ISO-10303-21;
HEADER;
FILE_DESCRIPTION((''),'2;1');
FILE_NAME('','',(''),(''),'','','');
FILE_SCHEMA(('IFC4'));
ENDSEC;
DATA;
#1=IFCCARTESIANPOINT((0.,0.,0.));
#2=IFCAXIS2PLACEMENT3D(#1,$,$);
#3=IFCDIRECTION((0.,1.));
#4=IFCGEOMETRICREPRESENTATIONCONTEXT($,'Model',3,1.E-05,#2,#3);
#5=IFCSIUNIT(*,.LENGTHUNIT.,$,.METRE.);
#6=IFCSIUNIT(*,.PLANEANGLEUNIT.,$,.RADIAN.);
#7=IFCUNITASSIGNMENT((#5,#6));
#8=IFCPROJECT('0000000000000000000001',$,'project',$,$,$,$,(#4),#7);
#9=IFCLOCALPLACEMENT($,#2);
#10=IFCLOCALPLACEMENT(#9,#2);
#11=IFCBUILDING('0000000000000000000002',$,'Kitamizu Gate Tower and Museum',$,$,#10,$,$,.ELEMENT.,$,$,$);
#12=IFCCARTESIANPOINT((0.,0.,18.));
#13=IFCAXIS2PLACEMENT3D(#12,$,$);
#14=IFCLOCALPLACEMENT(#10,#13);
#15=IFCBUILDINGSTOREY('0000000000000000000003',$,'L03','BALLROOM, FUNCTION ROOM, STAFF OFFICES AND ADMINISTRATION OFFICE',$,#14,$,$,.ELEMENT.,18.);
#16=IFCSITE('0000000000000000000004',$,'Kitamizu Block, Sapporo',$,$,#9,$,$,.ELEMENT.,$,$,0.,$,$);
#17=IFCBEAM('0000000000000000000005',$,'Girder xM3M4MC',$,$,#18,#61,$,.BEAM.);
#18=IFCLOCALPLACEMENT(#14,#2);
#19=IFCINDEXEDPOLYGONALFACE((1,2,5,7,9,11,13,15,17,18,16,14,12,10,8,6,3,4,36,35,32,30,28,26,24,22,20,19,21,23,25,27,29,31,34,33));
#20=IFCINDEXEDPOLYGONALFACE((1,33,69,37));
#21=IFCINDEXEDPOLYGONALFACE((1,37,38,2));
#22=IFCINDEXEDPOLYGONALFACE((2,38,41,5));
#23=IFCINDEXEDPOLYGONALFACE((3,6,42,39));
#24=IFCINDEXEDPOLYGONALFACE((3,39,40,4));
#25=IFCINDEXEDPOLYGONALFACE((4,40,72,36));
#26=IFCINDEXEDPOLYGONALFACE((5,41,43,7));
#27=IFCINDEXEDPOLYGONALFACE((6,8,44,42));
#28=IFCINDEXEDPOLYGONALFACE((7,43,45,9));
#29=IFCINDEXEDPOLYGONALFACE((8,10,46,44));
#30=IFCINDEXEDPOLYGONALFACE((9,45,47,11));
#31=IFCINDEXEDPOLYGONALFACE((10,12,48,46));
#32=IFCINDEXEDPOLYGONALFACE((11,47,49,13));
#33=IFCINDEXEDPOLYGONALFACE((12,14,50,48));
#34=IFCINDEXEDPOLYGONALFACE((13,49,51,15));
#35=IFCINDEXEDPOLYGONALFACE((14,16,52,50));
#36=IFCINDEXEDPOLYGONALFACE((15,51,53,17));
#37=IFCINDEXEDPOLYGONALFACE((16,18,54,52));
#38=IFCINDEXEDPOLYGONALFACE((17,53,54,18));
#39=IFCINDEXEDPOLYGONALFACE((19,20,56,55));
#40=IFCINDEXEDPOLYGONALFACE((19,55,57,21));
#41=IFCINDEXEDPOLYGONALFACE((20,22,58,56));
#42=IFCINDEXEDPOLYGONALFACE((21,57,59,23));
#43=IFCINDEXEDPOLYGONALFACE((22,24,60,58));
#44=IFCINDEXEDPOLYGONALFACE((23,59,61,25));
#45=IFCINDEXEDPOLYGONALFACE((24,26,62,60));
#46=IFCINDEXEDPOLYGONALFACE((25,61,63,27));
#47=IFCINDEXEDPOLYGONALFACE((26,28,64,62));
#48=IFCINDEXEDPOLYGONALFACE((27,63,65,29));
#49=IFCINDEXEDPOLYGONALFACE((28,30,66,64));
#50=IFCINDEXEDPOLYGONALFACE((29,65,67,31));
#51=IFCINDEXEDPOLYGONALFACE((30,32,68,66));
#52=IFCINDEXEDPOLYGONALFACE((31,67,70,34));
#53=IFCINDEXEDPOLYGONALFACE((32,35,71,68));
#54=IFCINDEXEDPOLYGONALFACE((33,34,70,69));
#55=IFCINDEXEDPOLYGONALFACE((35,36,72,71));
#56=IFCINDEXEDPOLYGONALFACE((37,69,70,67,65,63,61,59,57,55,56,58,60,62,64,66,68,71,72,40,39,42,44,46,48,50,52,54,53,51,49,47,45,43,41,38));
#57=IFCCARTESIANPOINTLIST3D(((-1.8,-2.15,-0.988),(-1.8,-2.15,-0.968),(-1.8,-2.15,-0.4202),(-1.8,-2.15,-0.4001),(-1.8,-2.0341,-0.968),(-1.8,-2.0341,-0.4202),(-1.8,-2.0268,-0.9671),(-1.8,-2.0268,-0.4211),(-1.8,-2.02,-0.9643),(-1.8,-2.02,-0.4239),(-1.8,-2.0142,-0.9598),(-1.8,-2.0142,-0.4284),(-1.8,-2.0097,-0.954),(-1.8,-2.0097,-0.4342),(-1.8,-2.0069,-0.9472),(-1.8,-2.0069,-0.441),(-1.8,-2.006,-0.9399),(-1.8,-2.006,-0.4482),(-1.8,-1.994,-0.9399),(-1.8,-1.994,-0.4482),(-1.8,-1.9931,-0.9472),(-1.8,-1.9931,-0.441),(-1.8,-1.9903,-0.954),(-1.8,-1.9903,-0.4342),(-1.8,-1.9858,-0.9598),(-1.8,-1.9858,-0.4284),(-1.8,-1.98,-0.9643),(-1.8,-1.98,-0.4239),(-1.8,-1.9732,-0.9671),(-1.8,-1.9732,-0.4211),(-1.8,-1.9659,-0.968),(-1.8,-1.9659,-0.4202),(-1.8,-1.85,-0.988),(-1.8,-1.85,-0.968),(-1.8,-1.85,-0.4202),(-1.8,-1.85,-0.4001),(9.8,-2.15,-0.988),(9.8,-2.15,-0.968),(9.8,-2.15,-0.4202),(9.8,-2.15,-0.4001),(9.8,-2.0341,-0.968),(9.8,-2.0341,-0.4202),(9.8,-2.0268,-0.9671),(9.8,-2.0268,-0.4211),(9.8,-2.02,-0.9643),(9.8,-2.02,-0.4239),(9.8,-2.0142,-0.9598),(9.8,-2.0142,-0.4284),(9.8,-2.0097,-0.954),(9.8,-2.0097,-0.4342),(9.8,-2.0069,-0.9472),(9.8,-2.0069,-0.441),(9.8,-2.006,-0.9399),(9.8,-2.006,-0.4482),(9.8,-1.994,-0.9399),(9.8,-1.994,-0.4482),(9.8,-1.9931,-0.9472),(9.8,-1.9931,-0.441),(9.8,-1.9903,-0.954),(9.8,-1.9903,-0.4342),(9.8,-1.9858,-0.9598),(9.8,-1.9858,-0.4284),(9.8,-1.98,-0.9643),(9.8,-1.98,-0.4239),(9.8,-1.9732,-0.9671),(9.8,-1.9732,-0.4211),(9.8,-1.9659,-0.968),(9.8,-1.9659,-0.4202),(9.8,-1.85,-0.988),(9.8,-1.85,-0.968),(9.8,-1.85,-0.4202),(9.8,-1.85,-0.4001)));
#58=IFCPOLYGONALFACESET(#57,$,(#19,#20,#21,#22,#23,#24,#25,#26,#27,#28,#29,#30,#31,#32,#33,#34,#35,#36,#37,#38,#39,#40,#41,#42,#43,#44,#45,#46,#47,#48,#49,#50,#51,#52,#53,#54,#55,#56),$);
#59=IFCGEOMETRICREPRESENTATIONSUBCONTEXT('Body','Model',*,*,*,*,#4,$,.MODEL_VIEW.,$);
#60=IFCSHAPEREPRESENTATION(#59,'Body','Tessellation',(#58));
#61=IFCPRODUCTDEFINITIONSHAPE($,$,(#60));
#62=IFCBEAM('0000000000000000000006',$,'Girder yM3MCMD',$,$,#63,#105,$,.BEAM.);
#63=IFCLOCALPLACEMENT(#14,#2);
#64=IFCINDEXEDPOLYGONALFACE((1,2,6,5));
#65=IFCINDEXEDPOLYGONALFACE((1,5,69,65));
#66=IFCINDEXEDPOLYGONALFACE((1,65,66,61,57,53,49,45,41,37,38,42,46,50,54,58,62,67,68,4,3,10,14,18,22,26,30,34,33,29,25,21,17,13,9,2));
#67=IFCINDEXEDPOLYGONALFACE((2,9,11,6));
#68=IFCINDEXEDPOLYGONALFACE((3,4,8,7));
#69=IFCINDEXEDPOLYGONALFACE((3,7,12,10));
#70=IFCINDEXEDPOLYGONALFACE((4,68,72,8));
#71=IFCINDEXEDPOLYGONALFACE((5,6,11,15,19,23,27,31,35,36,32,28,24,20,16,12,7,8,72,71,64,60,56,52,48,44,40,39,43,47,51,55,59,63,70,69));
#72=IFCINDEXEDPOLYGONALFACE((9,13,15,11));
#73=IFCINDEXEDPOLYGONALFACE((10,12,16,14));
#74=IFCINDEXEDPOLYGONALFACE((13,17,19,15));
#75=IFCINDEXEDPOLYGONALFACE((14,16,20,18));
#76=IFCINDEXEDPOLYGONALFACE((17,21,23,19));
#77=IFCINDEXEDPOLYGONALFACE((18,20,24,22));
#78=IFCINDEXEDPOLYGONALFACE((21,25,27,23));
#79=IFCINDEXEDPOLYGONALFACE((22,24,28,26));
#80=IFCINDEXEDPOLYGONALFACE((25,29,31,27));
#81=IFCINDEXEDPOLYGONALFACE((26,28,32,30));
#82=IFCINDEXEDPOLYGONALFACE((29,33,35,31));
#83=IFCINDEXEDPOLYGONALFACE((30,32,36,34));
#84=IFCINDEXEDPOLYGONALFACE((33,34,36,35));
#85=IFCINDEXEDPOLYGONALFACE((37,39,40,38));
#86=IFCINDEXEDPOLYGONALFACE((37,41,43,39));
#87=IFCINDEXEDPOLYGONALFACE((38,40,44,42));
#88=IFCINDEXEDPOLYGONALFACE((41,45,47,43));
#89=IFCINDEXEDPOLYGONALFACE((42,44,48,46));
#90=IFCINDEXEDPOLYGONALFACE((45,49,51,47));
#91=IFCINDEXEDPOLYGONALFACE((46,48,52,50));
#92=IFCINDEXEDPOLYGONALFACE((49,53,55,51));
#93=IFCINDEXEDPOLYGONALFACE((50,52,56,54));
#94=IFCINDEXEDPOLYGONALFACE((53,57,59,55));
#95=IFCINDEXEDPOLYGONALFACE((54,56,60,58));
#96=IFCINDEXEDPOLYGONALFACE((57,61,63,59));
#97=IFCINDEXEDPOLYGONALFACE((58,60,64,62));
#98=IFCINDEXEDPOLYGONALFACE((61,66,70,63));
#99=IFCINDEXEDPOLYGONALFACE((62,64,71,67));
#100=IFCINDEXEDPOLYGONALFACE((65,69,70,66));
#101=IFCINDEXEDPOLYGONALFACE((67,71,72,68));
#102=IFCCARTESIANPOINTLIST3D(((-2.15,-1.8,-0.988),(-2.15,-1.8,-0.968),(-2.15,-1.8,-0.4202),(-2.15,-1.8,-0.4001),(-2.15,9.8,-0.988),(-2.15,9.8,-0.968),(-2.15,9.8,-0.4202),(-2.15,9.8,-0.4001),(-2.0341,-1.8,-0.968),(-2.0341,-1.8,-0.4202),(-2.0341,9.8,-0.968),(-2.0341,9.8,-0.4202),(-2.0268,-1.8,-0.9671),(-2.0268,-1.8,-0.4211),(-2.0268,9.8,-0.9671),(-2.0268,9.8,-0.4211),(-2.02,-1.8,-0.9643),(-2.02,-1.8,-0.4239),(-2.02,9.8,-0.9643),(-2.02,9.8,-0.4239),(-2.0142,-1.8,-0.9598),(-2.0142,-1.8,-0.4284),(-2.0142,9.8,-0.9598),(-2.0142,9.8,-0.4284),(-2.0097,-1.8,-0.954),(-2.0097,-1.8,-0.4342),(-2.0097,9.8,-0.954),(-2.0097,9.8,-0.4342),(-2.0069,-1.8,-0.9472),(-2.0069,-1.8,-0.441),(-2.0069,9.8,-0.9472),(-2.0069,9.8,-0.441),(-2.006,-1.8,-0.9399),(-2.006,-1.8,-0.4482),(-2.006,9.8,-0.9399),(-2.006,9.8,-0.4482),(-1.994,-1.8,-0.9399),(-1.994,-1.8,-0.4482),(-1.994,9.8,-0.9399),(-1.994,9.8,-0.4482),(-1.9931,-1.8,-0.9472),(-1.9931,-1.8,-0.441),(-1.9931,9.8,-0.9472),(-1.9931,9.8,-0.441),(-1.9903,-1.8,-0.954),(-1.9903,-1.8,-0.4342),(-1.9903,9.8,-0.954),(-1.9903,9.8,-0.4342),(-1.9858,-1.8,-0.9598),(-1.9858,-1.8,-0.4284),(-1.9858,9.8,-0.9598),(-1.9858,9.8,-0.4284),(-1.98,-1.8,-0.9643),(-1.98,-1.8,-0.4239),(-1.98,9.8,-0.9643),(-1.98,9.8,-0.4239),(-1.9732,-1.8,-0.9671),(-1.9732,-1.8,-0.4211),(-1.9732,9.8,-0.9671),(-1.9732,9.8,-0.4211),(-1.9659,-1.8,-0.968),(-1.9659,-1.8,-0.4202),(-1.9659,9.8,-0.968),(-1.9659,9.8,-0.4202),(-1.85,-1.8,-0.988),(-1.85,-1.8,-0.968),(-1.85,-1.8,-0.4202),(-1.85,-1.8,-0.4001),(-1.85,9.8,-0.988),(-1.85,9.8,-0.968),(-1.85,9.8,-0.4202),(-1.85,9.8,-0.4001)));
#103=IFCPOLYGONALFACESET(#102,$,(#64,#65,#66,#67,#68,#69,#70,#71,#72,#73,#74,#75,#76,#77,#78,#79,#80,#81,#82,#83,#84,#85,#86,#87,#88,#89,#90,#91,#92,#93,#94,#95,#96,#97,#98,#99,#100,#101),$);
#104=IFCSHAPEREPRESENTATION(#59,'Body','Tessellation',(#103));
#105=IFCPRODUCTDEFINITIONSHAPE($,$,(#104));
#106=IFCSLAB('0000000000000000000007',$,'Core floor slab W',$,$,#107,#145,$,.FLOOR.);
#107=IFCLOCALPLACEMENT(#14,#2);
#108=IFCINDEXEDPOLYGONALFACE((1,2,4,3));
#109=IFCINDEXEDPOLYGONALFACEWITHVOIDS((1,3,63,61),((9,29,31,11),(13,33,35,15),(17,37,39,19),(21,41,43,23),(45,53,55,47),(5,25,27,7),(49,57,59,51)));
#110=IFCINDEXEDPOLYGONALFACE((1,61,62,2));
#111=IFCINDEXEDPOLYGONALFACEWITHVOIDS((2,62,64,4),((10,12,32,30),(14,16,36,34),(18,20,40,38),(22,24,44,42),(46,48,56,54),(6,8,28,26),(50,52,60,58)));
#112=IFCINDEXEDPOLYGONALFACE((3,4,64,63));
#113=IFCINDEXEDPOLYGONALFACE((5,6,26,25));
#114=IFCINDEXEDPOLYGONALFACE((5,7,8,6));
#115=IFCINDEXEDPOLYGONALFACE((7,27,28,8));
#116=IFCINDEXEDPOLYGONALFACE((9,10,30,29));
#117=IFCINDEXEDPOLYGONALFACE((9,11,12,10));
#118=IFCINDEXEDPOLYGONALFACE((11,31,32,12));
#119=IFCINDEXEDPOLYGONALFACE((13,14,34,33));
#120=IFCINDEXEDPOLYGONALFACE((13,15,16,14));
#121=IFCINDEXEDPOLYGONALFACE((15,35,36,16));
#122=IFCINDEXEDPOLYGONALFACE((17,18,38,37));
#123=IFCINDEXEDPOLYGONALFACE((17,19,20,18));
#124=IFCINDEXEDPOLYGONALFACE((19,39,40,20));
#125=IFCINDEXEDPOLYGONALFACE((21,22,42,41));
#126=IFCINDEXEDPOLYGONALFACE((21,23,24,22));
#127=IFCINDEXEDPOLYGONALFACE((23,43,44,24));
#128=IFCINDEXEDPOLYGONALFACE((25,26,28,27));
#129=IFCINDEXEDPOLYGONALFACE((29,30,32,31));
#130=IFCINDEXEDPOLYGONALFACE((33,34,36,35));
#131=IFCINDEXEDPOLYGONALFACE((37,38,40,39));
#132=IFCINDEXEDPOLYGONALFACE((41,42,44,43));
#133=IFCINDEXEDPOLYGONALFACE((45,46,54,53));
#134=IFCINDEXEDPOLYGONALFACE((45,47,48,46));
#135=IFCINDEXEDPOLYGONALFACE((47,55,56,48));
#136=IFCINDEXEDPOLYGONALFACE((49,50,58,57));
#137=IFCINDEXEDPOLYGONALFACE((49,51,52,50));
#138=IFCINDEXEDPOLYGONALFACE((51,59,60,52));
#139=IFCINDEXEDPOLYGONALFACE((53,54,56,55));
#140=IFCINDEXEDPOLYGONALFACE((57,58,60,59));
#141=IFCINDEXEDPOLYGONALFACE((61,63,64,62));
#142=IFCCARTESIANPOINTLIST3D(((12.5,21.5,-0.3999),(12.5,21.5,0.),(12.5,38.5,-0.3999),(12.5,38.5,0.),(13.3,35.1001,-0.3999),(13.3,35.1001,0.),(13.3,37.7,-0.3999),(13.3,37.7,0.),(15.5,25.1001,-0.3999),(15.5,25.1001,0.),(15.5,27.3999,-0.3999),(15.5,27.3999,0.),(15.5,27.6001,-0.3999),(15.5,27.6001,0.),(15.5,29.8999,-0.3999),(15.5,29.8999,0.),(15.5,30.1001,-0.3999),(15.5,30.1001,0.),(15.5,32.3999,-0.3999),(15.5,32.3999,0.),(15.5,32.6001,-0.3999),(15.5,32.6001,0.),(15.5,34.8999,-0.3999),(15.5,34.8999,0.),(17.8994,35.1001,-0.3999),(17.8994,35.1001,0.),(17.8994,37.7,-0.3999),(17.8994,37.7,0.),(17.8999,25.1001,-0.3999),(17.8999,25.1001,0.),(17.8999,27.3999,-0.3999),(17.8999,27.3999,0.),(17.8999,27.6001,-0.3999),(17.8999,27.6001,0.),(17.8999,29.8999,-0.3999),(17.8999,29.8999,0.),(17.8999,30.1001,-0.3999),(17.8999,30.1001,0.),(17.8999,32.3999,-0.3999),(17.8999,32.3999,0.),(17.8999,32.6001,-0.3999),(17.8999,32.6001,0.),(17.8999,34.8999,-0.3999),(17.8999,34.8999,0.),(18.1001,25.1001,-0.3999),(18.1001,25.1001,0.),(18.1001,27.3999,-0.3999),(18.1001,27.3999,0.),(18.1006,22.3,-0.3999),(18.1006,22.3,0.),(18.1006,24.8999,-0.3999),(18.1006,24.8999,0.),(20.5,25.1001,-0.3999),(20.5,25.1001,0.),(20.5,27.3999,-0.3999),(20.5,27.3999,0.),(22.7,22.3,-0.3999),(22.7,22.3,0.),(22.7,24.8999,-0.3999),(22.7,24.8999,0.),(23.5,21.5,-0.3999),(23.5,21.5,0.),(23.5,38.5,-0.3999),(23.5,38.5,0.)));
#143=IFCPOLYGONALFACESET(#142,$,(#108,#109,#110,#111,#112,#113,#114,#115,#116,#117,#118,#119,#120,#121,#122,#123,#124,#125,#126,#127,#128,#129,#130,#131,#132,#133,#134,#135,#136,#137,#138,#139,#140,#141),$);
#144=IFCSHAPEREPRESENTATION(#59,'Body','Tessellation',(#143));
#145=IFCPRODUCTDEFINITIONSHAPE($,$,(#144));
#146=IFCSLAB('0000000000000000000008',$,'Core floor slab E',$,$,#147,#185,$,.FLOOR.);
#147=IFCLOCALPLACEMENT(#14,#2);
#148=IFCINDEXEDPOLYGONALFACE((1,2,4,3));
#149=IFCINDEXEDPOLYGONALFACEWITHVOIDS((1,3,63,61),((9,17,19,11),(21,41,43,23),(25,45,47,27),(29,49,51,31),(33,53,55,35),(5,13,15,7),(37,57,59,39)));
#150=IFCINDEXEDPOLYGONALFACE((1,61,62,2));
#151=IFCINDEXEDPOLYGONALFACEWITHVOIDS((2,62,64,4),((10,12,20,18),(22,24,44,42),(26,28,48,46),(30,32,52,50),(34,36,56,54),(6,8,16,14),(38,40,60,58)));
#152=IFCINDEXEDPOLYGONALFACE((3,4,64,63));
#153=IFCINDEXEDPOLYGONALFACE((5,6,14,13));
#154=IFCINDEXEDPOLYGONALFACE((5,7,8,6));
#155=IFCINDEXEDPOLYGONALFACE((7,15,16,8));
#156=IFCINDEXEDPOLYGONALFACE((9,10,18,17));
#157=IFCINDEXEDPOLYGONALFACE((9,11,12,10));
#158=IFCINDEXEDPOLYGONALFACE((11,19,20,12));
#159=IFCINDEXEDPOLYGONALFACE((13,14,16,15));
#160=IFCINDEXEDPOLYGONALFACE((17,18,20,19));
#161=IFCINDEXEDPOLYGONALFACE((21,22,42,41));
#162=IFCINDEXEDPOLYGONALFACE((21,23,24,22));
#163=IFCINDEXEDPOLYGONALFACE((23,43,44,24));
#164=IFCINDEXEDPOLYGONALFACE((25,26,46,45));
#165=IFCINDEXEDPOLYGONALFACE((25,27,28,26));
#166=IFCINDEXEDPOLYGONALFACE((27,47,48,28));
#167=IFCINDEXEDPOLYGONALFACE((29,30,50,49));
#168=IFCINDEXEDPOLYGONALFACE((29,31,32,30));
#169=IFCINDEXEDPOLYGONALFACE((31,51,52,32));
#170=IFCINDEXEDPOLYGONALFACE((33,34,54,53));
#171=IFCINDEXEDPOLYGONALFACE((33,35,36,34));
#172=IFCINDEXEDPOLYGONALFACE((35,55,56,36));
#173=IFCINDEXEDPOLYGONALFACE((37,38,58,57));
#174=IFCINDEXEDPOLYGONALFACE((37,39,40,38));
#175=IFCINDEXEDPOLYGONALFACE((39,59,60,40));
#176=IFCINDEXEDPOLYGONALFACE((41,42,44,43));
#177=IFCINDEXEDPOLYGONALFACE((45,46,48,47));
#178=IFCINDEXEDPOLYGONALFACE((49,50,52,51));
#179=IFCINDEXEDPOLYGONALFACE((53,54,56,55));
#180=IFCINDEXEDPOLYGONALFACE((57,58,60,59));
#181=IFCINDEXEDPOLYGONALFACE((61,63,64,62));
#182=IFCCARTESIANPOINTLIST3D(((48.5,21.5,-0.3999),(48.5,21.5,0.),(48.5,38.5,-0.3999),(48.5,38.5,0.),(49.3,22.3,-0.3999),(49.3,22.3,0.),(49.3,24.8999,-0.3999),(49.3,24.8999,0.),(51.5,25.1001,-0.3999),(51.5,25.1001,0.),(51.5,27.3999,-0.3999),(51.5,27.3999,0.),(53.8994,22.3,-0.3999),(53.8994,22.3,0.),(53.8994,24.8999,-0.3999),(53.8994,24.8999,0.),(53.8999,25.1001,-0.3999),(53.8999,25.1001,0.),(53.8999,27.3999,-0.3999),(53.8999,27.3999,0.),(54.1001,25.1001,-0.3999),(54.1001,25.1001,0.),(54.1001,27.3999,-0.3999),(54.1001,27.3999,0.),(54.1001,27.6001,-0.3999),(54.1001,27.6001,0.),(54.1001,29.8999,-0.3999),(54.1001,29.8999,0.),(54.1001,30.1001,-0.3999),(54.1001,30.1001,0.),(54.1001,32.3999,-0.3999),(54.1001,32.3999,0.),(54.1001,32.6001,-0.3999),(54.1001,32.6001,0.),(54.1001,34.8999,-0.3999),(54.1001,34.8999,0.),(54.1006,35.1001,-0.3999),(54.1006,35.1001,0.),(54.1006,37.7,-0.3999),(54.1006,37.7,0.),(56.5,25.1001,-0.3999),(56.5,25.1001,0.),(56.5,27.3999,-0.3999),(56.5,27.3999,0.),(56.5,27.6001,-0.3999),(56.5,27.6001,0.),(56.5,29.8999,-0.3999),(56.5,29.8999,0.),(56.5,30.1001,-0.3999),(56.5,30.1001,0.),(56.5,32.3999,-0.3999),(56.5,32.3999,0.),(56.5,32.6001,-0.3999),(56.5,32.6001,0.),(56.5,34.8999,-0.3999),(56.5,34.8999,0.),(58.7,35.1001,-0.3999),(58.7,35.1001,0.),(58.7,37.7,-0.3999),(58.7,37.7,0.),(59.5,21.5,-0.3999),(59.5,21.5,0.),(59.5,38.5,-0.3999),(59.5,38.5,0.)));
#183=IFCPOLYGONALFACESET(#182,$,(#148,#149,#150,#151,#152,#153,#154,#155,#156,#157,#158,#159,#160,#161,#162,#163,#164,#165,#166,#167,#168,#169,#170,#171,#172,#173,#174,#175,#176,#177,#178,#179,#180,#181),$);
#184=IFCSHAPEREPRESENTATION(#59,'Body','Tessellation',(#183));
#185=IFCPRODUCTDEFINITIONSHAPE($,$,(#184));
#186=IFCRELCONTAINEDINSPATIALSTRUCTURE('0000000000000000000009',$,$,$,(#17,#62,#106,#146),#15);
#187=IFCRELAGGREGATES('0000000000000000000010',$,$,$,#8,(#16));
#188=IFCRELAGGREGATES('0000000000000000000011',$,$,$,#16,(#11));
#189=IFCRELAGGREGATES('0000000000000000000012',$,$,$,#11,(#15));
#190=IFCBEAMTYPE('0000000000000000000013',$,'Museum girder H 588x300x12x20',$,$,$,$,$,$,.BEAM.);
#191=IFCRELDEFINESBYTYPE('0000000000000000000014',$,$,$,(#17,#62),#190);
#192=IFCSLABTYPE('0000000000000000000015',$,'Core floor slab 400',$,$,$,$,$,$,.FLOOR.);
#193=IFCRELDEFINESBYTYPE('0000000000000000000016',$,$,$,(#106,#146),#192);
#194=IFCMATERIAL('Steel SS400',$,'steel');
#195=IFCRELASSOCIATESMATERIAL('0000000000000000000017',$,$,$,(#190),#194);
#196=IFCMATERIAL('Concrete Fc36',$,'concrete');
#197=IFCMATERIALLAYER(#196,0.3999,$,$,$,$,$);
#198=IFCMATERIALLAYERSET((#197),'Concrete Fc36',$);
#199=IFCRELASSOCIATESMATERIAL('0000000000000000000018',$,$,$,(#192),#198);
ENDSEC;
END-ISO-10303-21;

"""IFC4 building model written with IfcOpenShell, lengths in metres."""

from ifc_helpers import new_model, si_unit, direction, frame, origin, origin_2d, place, context, subcontext, project, spatial, polyline, i_section, outline, extrude, material, layer, layer_set, material_profile, profile_set, type_object, element, save


model = new_model("IFC4")

# Units and contexts
model_context = context("Model", 3, precision=1e-05, world=origin(), true_north=direction((0.0, 1.0)))
body_context = subcontext(model_context, "Body", "Model", "MODEL_VIEW")
ifc_project = project(units=[si_unit("LENGTHUNIT", "METRE"), si_unit("PLANEANGLEUNIT", "RADIAN")], contexts=[model_context])

# Site, building, storey
site_placement = place(None, origin())
site = spatial("IfcSite", under=ifc_project, at=site_placement, Name="Kitamizu Block, Sapporo", CompositionType="ELEMENT", RefElevation=0.0)
building_placement = place(site_placement, origin())
building = spatial("IfcBuilding", under=site, at=building_placement, Name="Kitamizu Gate Tower and Museum", CompositionType="ELEMENT")
storey_placement = place(building_placement, frame((0.0, 0.0, 18.0)))
storey = spatial("IfcBuildingStorey", under=building, at=storey_placement, Name="L03", Description="BALLROOM, FUNCTION ROOM, STAFF OFFICES AND ADMINISTRATION OFFICE", CompositionType="ELEMENT", Elevation=18.0)

# Beams
ifc_material_1 = material(Name="Steel SS400", Category="steel")
ifc_material_profile_1 = material_profile(ifc_material_1, i_section(OverallWidth=0.3, OverallDepth=0.5879, WebThickness=0.012, FlangeThickness=0.02, FilletRadius=0.0281, at=origin_2d()), Name="H-588x300x12x20")
ifc_profile_set_1 = profile_set([ifc_material_profile_1], Name="Steel SS400")
beam_type_1 = type_object("IfcBeamType", Name="Museum girder H 588x300x12x20", PredefinedType="BEAM", material=ifc_profile_set_1)
for number, where, z_axis, x_axis, name in (
    (1, (-1.8, -2.0, -0.6941), (1.0, 0.0, 0.0), (0.0, 1.0, 0.0), "Girder xM3M4MC"),
    (2, (-2.0, -1.8, -0.6941), (0.0, 1.0, 0.0), (-1.0, 0.0, 0.0), "Girder yM3MCMD"),
):
    element("IfcBeam", number, at=place(storey_placement, frame(where, z_axis=z_axis, x_axis=x_axis)), inside=storey, type_object=beam_type_1, Name=name, PredefinedType="BEAM", context=body_context, shape_type="SweptSolid", body=[
        extrude(i_section(OverallWidth=0.3, OverallDepth=0.5879, WebThickness=0.012, FlangeThickness=0.02, FilletRadius=0.0281, at=origin_2d()), origin(), (0.0, 0.0, 1.0), 11.6001),
    ])

# Slabs
ifc_material_2 = material(Name="Concrete Fc36", Category="concrete")
ifc_layer_1 = layer(ifc_material_2, 0.3999)
ifc_layer_set_1 = layer_set([ifc_layer_1], Name="Concrete Fc36")
slab_type_1 = type_object("IfcSlabType", Name="Core floor slab 400", PredefinedType="FLOOR", material=ifc_layer_set_1)
slab_1_placement = place(storey_placement, frame((0.0, 0.0, -0.3999)))
element("IfcSlab", 3, at=slab_1_placement, inside=storey, type_object=slab_type_1, Name="Core floor slab W", PredefinedType="FLOOR", context=body_context, shape_type="SweptSolid", body=[
    extrude(outline(polyline([(12.5, 21.5), (23.5, 21.5), (23.5, 38.5), (12.5, 38.5), (12.5, 21.5)]), holes=[polyline([(15.5, 25.1001), (17.8999, 25.1001), (17.8999, 27.3999), (15.5, 27.3999), (15.5, 25.1001)]), polyline([(15.5, 27.6001), (17.8999, 27.6001), (17.8999, 29.8999), (15.5, 29.8999), (15.5, 27.6001)]), polyline([(15.5, 30.1001), (17.8999, 30.1001), (17.8999, 32.3999), (15.5, 32.3999), (15.5, 30.1001)]), polyline([(15.5, 32.6001), (17.8999, 32.6001), (17.8999, 34.8999), (15.5, 34.8999), (15.5, 32.6001)]), polyline([(18.1001, 25.1001), (20.5, 25.1001), (20.5, 27.3999), (18.1001, 27.3999), (18.1001, 25.1001)]), polyline([(18.1006, 22.3), (22.7, 22.3), (22.7, 24.8999), (18.1006, 24.8999), (18.1006, 22.3)]), polyline([(13.3, 35.1001), (17.8994, 35.1001), (17.8994, 37.7), (13.3, 37.7), (13.3, 35.1001)])]), origin(), (0.0, 0.0, 1.0), 0.3999),
])
slab_2_placement = place(storey_placement, frame((0.0, 0.0, -0.3999)))
element("IfcSlab", 4, at=slab_2_placement, inside=storey, type_object=slab_type_1, Name="Core floor slab E", PredefinedType="FLOOR", context=body_context, shape_type="SweptSolid", body=[
    extrude(outline(polyline([(48.5, 21.5), (59.5, 21.5), (59.5, 38.5), (48.5, 38.5), (48.5, 21.5)]), holes=[polyline([(54.1001, 25.1001), (56.5, 25.1001), (56.5, 27.3999), (54.1001, 27.3999), (54.1001, 25.1001)]), polyline([(54.1001, 27.6001), (56.5, 27.6001), (56.5, 29.8999), (54.1001, 29.8999), (54.1001, 27.6001)]), polyline([(54.1001, 30.1001), (56.5, 30.1001), (56.5, 32.3999), (54.1001, 32.3999), (54.1001, 30.1001)]), polyline([(54.1001, 32.6001), (56.5, 32.6001), (56.5, 34.8999), (54.1001, 34.8999), (54.1001, 32.6001)]), polyline([(51.5, 25.1001), (53.8999, 25.1001), (53.8999, 27.3999), (51.5, 27.3999), (51.5, 25.1001)]), polyline([(49.3, 22.3), (53.8994, 22.3), (53.8994, 24.8999), (49.3, 24.8999), (49.3, 22.3)]), polyline([(54.1006, 35.1001), (58.7, 35.1001), (58.7, 37.7), (54.1006, 37.7), (54.1006, 35.1001)])]), origin(), (0.0, 0.0, 1.0), 0.3999),
])

save(model, "model.ifc")
